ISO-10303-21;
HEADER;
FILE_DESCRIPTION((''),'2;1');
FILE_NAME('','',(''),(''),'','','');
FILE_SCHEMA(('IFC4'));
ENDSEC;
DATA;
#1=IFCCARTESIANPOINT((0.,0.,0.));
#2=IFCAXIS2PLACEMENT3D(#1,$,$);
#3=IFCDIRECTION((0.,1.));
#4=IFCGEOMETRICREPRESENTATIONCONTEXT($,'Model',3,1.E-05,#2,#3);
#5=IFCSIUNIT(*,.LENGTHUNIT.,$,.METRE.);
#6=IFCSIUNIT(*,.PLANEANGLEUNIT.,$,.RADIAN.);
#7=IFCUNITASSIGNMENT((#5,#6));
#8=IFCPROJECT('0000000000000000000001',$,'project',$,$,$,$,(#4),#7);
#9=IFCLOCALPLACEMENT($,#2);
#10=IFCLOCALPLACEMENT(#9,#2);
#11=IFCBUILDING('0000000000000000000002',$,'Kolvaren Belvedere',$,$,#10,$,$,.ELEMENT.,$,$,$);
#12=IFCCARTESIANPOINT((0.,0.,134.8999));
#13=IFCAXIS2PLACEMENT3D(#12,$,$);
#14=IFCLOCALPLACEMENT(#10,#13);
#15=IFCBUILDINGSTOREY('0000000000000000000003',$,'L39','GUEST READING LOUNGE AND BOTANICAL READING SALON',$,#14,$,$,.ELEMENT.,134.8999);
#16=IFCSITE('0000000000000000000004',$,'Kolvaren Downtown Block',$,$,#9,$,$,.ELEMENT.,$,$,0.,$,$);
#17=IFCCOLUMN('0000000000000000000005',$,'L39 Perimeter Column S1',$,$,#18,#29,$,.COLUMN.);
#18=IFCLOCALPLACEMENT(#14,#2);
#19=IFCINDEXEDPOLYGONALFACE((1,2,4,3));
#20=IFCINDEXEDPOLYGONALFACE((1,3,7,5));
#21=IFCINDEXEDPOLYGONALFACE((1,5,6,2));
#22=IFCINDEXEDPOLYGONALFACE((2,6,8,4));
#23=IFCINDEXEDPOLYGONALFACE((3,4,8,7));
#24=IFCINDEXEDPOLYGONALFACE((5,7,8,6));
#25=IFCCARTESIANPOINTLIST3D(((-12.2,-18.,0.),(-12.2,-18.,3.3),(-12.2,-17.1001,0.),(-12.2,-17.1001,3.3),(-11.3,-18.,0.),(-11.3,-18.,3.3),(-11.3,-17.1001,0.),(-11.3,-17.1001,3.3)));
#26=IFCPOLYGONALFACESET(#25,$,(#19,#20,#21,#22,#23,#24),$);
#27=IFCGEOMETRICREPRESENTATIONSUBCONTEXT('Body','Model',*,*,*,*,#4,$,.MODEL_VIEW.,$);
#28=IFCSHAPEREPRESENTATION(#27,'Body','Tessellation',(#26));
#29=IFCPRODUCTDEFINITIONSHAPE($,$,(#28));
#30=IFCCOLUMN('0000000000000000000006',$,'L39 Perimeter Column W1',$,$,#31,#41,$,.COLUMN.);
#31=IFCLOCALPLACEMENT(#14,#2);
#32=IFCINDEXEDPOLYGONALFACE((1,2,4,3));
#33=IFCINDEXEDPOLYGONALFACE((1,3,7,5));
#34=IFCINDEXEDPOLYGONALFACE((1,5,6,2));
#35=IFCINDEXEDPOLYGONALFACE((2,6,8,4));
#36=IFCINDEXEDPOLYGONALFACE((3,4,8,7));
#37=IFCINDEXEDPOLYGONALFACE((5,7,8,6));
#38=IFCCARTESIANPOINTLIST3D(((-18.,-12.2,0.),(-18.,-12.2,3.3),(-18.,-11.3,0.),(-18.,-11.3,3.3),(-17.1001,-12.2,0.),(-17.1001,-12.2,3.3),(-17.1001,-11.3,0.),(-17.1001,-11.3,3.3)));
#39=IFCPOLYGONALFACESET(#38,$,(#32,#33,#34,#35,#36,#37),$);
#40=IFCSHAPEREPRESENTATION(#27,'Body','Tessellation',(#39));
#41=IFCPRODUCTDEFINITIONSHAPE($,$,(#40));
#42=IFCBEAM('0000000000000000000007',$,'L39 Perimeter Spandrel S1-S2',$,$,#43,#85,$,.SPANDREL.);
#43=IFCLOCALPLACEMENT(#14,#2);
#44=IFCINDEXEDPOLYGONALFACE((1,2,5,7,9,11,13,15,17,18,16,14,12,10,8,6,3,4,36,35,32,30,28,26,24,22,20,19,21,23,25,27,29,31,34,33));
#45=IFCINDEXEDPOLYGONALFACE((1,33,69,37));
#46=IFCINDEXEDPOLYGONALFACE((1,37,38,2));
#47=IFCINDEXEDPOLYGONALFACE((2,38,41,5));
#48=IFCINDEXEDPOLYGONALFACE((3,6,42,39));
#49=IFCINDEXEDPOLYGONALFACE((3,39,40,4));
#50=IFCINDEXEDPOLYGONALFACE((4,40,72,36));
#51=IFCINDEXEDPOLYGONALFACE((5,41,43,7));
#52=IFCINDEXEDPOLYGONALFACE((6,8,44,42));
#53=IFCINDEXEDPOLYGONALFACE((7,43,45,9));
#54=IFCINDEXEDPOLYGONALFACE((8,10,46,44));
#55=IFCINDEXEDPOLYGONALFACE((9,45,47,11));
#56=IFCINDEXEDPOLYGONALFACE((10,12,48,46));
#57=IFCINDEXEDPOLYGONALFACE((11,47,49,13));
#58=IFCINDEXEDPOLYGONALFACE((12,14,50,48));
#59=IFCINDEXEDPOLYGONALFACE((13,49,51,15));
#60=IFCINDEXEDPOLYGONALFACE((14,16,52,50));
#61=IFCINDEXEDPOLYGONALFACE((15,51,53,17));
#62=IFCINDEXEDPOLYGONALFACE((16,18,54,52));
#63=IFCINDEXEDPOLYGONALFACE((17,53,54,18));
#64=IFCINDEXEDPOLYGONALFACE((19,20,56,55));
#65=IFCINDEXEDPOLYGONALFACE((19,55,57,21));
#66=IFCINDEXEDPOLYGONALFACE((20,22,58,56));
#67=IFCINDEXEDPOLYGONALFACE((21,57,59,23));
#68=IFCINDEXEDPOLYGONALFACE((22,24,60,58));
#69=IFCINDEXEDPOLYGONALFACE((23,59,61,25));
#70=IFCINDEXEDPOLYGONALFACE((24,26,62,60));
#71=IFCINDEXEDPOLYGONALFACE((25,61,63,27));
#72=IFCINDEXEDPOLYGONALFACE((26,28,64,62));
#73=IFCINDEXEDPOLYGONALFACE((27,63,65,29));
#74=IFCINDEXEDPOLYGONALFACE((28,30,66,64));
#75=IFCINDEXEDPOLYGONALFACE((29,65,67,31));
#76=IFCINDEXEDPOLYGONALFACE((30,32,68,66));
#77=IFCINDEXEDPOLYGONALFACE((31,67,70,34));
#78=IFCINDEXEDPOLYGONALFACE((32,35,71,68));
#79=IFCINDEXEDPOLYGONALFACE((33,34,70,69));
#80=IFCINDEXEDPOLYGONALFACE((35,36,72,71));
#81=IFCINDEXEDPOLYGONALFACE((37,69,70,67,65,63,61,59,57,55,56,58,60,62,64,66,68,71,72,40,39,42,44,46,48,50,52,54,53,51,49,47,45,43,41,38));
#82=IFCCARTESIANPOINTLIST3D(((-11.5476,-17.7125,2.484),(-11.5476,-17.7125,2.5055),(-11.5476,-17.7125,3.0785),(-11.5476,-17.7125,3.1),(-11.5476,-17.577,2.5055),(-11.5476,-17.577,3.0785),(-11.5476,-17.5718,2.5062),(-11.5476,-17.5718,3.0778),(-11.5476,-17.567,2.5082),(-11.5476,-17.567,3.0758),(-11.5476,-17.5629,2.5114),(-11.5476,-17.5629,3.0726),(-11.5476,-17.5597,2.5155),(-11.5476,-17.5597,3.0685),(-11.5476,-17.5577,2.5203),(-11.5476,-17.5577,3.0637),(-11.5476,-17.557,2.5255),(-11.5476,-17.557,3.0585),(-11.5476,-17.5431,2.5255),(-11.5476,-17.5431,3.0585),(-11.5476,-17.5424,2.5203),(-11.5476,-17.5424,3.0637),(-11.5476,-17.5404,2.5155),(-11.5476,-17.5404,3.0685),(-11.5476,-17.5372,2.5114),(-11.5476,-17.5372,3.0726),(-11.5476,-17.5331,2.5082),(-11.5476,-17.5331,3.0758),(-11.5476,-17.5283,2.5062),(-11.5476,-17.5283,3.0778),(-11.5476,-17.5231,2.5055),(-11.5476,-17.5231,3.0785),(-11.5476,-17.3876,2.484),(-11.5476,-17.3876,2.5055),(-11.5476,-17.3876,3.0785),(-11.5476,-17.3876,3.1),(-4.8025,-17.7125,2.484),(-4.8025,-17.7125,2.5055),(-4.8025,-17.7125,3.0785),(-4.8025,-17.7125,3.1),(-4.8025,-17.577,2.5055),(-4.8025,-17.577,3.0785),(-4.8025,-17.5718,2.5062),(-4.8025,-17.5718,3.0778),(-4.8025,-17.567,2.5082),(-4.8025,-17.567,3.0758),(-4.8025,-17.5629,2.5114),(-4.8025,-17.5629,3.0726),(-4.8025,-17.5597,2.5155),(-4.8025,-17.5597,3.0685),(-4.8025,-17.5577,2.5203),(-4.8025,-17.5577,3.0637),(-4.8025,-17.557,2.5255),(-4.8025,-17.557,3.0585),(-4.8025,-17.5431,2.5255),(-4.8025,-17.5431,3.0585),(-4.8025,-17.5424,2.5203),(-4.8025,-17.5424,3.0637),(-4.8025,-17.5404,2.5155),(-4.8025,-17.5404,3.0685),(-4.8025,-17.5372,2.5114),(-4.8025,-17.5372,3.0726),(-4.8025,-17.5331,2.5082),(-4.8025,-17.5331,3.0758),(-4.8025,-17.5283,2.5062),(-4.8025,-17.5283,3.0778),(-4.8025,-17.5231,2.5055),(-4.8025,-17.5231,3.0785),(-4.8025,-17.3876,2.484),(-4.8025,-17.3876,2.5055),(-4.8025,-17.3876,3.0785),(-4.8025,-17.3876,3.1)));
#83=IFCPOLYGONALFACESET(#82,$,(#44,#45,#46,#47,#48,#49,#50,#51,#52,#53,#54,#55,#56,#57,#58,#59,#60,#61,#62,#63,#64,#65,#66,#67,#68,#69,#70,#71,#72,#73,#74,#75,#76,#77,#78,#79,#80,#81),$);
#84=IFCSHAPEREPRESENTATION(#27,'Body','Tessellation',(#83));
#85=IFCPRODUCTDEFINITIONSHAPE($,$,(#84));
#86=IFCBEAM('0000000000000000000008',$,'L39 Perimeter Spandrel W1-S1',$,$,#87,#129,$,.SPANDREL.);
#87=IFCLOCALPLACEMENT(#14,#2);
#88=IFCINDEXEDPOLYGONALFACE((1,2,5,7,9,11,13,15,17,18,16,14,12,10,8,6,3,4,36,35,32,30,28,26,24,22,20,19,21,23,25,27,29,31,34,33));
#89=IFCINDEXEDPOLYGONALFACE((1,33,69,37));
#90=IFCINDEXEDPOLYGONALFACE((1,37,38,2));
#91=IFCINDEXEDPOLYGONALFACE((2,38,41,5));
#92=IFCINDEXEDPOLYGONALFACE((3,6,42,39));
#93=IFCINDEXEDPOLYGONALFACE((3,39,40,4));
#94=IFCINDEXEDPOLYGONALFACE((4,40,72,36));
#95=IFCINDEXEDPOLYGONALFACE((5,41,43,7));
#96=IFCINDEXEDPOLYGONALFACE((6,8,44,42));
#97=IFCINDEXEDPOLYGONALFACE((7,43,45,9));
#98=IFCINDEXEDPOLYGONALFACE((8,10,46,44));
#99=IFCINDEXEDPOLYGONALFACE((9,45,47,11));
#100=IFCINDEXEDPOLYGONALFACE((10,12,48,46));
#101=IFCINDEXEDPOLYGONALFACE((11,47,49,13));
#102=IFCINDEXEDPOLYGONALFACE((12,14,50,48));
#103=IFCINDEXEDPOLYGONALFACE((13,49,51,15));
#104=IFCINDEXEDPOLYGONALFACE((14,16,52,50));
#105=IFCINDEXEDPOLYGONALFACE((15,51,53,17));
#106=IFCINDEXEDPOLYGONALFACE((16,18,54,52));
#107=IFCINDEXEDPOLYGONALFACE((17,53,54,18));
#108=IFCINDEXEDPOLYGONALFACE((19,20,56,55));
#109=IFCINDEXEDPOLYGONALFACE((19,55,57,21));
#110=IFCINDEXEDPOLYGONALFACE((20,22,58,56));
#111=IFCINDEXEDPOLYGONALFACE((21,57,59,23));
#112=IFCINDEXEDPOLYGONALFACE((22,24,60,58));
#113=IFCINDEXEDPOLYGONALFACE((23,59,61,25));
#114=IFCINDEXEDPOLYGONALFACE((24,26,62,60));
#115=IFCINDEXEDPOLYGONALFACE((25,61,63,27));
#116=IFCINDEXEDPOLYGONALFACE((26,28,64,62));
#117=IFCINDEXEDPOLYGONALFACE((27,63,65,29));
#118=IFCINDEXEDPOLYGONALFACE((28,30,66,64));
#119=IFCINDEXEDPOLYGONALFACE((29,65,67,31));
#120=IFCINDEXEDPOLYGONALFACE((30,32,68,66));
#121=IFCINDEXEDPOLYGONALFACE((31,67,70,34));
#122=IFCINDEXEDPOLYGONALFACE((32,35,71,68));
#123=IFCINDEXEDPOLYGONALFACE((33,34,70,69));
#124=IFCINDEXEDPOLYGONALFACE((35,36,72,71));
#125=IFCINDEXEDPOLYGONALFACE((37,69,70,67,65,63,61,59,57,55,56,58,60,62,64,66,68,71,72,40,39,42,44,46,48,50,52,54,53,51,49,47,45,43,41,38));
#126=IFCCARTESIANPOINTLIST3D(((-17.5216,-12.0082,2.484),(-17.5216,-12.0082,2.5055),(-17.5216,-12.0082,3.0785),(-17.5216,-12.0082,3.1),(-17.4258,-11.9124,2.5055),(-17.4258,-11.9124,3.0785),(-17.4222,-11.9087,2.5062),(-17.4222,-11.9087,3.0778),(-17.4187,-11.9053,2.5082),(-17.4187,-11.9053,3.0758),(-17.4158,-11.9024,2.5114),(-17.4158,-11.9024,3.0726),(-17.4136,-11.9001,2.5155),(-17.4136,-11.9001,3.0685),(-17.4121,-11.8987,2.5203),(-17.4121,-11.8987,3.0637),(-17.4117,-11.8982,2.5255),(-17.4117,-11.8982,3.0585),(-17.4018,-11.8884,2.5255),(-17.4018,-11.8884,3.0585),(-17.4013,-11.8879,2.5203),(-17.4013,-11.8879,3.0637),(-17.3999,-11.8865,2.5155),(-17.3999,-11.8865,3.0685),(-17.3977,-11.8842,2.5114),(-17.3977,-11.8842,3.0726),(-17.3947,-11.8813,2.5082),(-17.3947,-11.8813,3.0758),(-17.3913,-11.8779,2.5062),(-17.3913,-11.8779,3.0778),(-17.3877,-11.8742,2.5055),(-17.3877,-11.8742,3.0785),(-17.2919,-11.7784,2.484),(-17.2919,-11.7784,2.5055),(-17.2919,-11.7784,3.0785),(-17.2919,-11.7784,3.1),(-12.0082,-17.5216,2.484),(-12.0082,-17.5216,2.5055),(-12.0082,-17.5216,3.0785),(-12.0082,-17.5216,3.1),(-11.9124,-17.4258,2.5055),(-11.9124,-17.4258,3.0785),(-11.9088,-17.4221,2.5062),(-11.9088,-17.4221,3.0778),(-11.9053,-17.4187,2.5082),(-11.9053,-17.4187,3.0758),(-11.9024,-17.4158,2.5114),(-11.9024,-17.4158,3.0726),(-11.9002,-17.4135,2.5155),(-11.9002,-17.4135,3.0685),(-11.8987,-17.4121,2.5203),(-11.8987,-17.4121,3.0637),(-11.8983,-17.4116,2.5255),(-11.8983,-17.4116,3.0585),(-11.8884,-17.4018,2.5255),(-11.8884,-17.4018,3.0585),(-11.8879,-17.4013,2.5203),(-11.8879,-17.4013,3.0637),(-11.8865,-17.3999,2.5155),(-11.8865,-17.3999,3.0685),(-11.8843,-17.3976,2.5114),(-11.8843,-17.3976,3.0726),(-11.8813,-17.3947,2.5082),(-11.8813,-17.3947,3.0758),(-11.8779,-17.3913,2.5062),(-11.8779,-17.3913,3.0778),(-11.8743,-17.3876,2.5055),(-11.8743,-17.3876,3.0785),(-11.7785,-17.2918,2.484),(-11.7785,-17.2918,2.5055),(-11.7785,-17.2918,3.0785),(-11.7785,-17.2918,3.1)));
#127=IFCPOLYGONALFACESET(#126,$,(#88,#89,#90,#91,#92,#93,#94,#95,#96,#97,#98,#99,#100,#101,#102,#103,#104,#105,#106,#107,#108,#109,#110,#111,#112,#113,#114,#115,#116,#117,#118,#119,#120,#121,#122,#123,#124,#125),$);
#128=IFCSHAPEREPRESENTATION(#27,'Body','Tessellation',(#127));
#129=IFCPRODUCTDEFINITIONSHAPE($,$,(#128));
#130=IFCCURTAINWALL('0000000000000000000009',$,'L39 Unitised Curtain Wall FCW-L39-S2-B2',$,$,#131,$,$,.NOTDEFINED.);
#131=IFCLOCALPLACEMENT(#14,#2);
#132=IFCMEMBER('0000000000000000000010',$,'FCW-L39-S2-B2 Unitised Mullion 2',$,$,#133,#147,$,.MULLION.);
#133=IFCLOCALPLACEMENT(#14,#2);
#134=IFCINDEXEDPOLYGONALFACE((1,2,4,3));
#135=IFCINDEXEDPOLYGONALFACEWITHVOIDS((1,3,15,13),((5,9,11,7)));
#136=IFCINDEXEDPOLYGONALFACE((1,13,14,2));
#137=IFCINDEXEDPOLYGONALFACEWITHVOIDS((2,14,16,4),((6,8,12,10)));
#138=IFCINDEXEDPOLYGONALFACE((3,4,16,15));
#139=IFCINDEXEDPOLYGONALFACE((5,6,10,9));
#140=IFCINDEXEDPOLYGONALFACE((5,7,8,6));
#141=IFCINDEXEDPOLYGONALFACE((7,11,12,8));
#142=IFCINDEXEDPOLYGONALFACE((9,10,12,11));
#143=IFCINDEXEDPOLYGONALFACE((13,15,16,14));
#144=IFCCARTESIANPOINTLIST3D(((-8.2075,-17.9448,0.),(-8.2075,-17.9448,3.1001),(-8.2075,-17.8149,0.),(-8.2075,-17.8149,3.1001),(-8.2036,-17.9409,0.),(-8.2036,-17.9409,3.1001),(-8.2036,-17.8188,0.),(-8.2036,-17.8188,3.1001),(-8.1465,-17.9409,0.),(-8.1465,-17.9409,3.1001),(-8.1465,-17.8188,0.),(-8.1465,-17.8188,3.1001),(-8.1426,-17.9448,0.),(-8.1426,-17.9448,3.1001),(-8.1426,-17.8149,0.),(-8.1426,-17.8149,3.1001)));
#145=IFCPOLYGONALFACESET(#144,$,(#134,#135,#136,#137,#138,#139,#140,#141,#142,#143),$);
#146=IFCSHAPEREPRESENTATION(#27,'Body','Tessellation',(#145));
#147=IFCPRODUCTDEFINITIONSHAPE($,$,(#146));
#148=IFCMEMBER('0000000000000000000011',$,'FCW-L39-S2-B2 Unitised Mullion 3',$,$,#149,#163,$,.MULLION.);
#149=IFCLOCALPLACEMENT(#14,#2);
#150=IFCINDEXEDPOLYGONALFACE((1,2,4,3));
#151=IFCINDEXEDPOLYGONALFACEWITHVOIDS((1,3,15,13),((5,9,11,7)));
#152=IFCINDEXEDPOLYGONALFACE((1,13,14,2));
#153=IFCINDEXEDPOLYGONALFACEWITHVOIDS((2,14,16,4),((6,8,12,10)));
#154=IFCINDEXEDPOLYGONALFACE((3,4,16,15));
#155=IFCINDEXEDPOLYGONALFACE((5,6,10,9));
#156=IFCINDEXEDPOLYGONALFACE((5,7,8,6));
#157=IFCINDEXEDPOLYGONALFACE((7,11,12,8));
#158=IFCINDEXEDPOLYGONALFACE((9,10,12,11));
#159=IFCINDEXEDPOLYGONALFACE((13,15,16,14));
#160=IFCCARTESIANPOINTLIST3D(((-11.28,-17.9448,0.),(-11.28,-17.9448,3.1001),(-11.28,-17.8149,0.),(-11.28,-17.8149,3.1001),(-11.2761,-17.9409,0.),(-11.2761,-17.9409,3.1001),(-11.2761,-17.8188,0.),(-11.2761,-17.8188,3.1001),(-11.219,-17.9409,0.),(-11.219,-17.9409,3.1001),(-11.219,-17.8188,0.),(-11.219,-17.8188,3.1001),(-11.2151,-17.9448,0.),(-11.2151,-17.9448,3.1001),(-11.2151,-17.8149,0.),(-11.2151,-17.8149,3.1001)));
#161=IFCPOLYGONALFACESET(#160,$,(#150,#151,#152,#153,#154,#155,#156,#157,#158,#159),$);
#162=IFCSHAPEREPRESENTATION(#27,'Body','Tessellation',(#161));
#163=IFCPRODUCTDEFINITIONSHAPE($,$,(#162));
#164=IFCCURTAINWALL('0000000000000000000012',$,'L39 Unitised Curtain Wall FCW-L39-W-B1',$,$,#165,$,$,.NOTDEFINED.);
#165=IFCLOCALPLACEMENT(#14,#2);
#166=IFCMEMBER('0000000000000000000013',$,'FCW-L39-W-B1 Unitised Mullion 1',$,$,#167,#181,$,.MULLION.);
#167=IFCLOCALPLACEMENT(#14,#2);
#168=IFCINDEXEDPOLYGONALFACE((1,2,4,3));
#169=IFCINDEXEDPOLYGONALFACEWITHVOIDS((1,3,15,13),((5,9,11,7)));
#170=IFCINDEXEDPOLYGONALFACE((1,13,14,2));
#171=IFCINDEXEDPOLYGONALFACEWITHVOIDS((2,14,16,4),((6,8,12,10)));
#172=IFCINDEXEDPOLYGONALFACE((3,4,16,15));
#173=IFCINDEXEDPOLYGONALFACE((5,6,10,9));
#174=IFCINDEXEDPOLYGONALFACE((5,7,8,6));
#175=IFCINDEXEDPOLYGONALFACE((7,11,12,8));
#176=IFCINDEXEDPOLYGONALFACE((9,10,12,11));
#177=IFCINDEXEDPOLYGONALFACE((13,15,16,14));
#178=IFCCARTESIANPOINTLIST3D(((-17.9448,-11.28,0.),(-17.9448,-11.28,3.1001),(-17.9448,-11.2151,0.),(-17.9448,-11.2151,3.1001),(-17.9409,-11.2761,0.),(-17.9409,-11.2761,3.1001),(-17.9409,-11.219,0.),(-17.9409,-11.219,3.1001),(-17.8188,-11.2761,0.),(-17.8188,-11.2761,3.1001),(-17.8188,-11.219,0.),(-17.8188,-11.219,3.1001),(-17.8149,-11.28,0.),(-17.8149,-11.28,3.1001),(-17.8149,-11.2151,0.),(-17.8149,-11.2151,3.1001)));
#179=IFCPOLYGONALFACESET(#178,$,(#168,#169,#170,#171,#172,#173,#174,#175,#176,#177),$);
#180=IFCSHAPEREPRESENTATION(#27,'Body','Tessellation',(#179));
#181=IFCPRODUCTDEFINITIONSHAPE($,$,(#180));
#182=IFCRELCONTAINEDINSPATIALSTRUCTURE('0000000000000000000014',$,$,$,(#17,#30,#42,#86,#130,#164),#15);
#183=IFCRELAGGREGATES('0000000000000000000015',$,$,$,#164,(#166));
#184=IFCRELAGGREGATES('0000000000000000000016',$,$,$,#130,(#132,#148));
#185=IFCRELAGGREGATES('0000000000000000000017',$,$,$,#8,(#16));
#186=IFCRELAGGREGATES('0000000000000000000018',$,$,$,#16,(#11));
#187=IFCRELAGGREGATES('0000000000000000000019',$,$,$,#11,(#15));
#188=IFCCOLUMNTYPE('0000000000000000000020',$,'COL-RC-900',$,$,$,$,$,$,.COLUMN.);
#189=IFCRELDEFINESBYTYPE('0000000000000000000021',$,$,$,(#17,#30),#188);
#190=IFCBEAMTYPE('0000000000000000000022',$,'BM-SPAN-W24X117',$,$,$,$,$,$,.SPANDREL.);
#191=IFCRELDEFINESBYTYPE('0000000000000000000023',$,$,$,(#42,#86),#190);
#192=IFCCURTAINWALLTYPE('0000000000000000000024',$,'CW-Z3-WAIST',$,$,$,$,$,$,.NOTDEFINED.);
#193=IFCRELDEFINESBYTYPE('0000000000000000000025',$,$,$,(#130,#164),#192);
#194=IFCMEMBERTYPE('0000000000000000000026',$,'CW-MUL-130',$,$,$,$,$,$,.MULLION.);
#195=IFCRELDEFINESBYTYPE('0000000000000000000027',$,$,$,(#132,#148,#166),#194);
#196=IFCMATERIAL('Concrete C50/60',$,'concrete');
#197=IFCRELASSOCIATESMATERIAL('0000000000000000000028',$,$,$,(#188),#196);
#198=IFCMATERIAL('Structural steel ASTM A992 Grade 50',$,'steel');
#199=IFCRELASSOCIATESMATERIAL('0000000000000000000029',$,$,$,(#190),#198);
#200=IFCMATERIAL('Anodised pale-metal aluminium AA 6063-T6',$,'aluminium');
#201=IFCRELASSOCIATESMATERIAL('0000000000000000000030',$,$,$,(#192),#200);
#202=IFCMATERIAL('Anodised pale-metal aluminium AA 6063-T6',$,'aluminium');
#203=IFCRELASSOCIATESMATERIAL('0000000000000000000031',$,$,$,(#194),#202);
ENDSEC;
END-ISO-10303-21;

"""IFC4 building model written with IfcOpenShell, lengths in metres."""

from ifc_helpers import new_model, si_unit, direction, frame, origin, origin_2d, place, context, subcontext, project, spatial, rectangle, hollow_rectangle, i_section, extrude, material, material_profile, profile_set, type_object, element, aggregate, save


model = new_model("IFC4")

# Units and contexts
model_context = context("Model", 3, precision=1e-05, world=origin(), true_north=direction((0.0, 1.0)))
body_context = subcontext(model_context, "Body", "Model", "MODEL_VIEW")
ifc_project = project(units=[si_unit("LENGTHUNIT", "METRE"), si_unit("PLANEANGLEUNIT", "RADIAN")], contexts=[model_context])

# Site, building, storey
site_placement = place(None, origin())
site = spatial("IfcSite", under=ifc_project, at=site_placement, Name="Kolvaren Downtown Block", CompositionType="ELEMENT", RefElevation=0.0)
building_placement = place(site_placement, origin())
building = spatial("IfcBuilding", under=site, at=building_placement, Name="Kolvaren Belvedere", CompositionType="ELEMENT")
storey_placement = place(building_placement, frame((0.0, 0.0, 134.8999)))
storey = spatial("IfcBuildingStorey", under=building, at=storey_placement, Name="L39", Description="GUEST READING LOUNGE AND BOTANICAL READING SALON", CompositionType="ELEMENT", Elevation=134.8999)

# Columns
ifc_material_1 = material(Name="Concrete C50/60", Category="concrete")
ifc_material_profile_1 = material_profile(ifc_material_1, rectangle(XDim=0.8999, YDim=0.8999, at=origin_2d()), Name="RC 900X900")
ifc_profile_set_1 = profile_set([ifc_material_profile_1], Name="Concrete C50/60")
column_type = type_object("IfcColumnType", Name="COL-RC-900", PredefinedType="COLUMN", material=ifc_profile_set_1)
for number, where, z_axis, x_axis, name in (
    (1, (-11.75, -17.55, 0.0), (0.0, 0.0, 1.0), (1.0, 0.0, 0.0), "L39 Perimeter Column S1"),
    (2, (-17.55, -11.75, 0.0), (0.0, 0.0, 1.0), (1.0, 0.0, 0.0), "L39 Perimeter Column W1"),
):
    element("IfcColumn", number, at=place(storey_placement, frame(where, z_axis=z_axis, x_axis=x_axis)), inside=storey, type_object=column_type, Name=name, PredefinedType="COLUMN", context=body_context, shape_type="SweptSolid", body=[
        extrude(rectangle(XDim=0.8999, YDim=0.8999, at=origin_2d()), origin(), (0.0, 0.0, 1.0), 3.3),
    ])

# Beams
ifc_material_2 = material(Name="Structural steel ASTM A992 Grade 50", Category="steel")
ifc_material_profile_2 = material_profile(ifc_material_2, i_section(OverallWidth=0.325, OverallDepth=0.616, WebThickness=0.0139, FlangeThickness=0.0215, FilletRadius=0.02, at=origin_2d()), Name="W24X117")
ifc_profile_set_2 = profile_set([ifc_material_profile_2], Name="Structural steel ASTM A992 Grade 50")
beam_type = type_object("IfcBeamType", Name="BM-SPAN-W24X117", PredefinedType="SPANDREL", material=ifc_profile_set_2)
beam_1_placement = place(storey_placement, frame((-11.5476, -17.55, 2.792), z_axis=(1.0, 0.0, 0.0), x_axis=(0.0, 1.0, 0.0)))
element("IfcBeam", 3, at=beam_1_placement, inside=storey, type_object=beam_type, Name="L39 Perimeter Spandrel S1-S2", PredefinedType="SPANDREL", context=body_context, shape_type="SweptSolid", body=[
    extrude(i_section(OverallWidth=0.325, OverallDepth=0.616, WebThickness=0.0139, FlangeThickness=0.0215, FilletRadius=0.02, at=origin_2d()), origin(), (0.0, 0.0, 1.0), 6.7451),
])
beam_2_placement = place(storey_placement, frame((-17.4067, -11.8933, 2.792), z_axis=(0.707107, -0.707107, 0.0), x_axis=(0.707107, 0.707107, 0.0)))
element("IfcBeam", 4, at=beam_2_placement, inside=storey, type_object=beam_type, Name="L39 Perimeter Spandrel W1-S1", PredefinedType="SPANDREL", context=body_context, shape_type="SweptSolid", body=[
    extrude(i_section(OverallWidth=0.325, OverallDepth=0.616, WebThickness=0.0139, FlangeThickness=0.0215, FilletRadius=0.02, at=origin_2d()), origin(), (0.0, 0.0, 1.0), 7.7971),
])

# Curtain walls, members
ifc_material_3 = material(Name="Anodised pale-metal aluminium AA 6063-T6", Category="aluminium")
curtain_wall_type = type_object("IfcCurtainWallType", Name="CW-Z3-WAIST", PredefinedType="NOTDEFINED", material=ifc_material_3)
curtain_wall_1_placement = place(storey_placement, origin())
curtain_wall_1 = element("IfcCurtainWall", 5, at=curtain_wall_1_placement, inside=storey, type_object=curtain_wall_type, Name="L39 Unitised Curtain Wall FCW-L39-S2-B2", PredefinedType="NOTDEFINED")
ifc_material_4 = material(Name="Anodised pale-metal aluminium AA 6063-T6", Category="aluminium")
ifc_material_profile_3 = material_profile(ifc_material_4, hollow_rectangle(XDim=0.0649, YDim=0.1299, WallThickness=0.0039, at=origin_2d()), Name="ALU-MUL-130X65")
ifc_profile_set_3 = profile_set([ifc_material_profile_3], Name="Anodised pale-metal aluminium AA 6063-T6")
member_type_1 = type_object("IfcMemberType", Name="CW-MUL-130", PredefinedType="MULLION", material=ifc_profile_set_3)
member_1_placement = place(storey_placement, frame((-8.175, -17.8799, 0.0), z_axis=(0.0, 0.0, 1.0), x_axis=(1.0, 0.0, 0.0)))
member_1 = element("IfcMember", 6, at=member_1_placement, type_object=member_type_1, Name="FCW-L39-S2-B2 Unitised Mullion 2", PredefinedType="MULLION", context=body_context, shape_type="SweptSolid", body=[
    extrude(hollow_rectangle(XDim=0.0649, YDim=0.1299, WallThickness=0.0039, at=origin_2d()), origin(), (0.0, 0.0, 1.0), 3.1001),
])
member_2_placement = place(storey_placement, frame((-11.2476, -17.8799, 0.0), z_axis=(0.0, 0.0, 1.0), x_axis=(1.0, 0.0, 0.0)))
member_2 = element("IfcMember", 7, at=member_2_placement, type_object=member_type_1, Name="FCW-L39-S2-B2 Unitised Mullion 3", PredefinedType="MULLION", context=body_context, shape_type="SweptSolid", body=[
    extrude(hollow_rectangle(XDim=0.0649, YDim=0.1299, WallThickness=0.0039, at=origin_2d()), origin(), (0.0, 0.0, 1.0), 3.1001),
])
curtain_wall_2_placement = place(storey_placement, origin())
curtain_wall_2 = element("IfcCurtainWall", 8, at=curtain_wall_2_placement, inside=storey, type_object=curtain_wall_type, Name="L39 Unitised Curtain Wall FCW-L39-W-B1", PredefinedType="NOTDEFINED")
member_3_placement = place(storey_placement, frame((-17.8799, -11.2476, 0.0), z_axis=(0.0, 0.0, 1.0), x_axis=(0.0, 1.0, 0.0)))
member_3 = element("IfcMember", 9, at=member_3_placement, type_object=member_type_1, Name="FCW-L39-W-B1 Unitised Mullion 1", PredefinedType="MULLION", context=body_context, shape_type="SweptSolid", body=[
    extrude(hollow_rectangle(XDim=0.0649, YDim=0.1299, WallThickness=0.0039, at=origin_2d()), origin(), (0.0, 0.0, 1.0), 3.1001),
])
aggregate(curtain_wall_2, [member_3])

aggregate(curtain_wall_1, [member_1, member_2])

save(model, "model.ifc")
